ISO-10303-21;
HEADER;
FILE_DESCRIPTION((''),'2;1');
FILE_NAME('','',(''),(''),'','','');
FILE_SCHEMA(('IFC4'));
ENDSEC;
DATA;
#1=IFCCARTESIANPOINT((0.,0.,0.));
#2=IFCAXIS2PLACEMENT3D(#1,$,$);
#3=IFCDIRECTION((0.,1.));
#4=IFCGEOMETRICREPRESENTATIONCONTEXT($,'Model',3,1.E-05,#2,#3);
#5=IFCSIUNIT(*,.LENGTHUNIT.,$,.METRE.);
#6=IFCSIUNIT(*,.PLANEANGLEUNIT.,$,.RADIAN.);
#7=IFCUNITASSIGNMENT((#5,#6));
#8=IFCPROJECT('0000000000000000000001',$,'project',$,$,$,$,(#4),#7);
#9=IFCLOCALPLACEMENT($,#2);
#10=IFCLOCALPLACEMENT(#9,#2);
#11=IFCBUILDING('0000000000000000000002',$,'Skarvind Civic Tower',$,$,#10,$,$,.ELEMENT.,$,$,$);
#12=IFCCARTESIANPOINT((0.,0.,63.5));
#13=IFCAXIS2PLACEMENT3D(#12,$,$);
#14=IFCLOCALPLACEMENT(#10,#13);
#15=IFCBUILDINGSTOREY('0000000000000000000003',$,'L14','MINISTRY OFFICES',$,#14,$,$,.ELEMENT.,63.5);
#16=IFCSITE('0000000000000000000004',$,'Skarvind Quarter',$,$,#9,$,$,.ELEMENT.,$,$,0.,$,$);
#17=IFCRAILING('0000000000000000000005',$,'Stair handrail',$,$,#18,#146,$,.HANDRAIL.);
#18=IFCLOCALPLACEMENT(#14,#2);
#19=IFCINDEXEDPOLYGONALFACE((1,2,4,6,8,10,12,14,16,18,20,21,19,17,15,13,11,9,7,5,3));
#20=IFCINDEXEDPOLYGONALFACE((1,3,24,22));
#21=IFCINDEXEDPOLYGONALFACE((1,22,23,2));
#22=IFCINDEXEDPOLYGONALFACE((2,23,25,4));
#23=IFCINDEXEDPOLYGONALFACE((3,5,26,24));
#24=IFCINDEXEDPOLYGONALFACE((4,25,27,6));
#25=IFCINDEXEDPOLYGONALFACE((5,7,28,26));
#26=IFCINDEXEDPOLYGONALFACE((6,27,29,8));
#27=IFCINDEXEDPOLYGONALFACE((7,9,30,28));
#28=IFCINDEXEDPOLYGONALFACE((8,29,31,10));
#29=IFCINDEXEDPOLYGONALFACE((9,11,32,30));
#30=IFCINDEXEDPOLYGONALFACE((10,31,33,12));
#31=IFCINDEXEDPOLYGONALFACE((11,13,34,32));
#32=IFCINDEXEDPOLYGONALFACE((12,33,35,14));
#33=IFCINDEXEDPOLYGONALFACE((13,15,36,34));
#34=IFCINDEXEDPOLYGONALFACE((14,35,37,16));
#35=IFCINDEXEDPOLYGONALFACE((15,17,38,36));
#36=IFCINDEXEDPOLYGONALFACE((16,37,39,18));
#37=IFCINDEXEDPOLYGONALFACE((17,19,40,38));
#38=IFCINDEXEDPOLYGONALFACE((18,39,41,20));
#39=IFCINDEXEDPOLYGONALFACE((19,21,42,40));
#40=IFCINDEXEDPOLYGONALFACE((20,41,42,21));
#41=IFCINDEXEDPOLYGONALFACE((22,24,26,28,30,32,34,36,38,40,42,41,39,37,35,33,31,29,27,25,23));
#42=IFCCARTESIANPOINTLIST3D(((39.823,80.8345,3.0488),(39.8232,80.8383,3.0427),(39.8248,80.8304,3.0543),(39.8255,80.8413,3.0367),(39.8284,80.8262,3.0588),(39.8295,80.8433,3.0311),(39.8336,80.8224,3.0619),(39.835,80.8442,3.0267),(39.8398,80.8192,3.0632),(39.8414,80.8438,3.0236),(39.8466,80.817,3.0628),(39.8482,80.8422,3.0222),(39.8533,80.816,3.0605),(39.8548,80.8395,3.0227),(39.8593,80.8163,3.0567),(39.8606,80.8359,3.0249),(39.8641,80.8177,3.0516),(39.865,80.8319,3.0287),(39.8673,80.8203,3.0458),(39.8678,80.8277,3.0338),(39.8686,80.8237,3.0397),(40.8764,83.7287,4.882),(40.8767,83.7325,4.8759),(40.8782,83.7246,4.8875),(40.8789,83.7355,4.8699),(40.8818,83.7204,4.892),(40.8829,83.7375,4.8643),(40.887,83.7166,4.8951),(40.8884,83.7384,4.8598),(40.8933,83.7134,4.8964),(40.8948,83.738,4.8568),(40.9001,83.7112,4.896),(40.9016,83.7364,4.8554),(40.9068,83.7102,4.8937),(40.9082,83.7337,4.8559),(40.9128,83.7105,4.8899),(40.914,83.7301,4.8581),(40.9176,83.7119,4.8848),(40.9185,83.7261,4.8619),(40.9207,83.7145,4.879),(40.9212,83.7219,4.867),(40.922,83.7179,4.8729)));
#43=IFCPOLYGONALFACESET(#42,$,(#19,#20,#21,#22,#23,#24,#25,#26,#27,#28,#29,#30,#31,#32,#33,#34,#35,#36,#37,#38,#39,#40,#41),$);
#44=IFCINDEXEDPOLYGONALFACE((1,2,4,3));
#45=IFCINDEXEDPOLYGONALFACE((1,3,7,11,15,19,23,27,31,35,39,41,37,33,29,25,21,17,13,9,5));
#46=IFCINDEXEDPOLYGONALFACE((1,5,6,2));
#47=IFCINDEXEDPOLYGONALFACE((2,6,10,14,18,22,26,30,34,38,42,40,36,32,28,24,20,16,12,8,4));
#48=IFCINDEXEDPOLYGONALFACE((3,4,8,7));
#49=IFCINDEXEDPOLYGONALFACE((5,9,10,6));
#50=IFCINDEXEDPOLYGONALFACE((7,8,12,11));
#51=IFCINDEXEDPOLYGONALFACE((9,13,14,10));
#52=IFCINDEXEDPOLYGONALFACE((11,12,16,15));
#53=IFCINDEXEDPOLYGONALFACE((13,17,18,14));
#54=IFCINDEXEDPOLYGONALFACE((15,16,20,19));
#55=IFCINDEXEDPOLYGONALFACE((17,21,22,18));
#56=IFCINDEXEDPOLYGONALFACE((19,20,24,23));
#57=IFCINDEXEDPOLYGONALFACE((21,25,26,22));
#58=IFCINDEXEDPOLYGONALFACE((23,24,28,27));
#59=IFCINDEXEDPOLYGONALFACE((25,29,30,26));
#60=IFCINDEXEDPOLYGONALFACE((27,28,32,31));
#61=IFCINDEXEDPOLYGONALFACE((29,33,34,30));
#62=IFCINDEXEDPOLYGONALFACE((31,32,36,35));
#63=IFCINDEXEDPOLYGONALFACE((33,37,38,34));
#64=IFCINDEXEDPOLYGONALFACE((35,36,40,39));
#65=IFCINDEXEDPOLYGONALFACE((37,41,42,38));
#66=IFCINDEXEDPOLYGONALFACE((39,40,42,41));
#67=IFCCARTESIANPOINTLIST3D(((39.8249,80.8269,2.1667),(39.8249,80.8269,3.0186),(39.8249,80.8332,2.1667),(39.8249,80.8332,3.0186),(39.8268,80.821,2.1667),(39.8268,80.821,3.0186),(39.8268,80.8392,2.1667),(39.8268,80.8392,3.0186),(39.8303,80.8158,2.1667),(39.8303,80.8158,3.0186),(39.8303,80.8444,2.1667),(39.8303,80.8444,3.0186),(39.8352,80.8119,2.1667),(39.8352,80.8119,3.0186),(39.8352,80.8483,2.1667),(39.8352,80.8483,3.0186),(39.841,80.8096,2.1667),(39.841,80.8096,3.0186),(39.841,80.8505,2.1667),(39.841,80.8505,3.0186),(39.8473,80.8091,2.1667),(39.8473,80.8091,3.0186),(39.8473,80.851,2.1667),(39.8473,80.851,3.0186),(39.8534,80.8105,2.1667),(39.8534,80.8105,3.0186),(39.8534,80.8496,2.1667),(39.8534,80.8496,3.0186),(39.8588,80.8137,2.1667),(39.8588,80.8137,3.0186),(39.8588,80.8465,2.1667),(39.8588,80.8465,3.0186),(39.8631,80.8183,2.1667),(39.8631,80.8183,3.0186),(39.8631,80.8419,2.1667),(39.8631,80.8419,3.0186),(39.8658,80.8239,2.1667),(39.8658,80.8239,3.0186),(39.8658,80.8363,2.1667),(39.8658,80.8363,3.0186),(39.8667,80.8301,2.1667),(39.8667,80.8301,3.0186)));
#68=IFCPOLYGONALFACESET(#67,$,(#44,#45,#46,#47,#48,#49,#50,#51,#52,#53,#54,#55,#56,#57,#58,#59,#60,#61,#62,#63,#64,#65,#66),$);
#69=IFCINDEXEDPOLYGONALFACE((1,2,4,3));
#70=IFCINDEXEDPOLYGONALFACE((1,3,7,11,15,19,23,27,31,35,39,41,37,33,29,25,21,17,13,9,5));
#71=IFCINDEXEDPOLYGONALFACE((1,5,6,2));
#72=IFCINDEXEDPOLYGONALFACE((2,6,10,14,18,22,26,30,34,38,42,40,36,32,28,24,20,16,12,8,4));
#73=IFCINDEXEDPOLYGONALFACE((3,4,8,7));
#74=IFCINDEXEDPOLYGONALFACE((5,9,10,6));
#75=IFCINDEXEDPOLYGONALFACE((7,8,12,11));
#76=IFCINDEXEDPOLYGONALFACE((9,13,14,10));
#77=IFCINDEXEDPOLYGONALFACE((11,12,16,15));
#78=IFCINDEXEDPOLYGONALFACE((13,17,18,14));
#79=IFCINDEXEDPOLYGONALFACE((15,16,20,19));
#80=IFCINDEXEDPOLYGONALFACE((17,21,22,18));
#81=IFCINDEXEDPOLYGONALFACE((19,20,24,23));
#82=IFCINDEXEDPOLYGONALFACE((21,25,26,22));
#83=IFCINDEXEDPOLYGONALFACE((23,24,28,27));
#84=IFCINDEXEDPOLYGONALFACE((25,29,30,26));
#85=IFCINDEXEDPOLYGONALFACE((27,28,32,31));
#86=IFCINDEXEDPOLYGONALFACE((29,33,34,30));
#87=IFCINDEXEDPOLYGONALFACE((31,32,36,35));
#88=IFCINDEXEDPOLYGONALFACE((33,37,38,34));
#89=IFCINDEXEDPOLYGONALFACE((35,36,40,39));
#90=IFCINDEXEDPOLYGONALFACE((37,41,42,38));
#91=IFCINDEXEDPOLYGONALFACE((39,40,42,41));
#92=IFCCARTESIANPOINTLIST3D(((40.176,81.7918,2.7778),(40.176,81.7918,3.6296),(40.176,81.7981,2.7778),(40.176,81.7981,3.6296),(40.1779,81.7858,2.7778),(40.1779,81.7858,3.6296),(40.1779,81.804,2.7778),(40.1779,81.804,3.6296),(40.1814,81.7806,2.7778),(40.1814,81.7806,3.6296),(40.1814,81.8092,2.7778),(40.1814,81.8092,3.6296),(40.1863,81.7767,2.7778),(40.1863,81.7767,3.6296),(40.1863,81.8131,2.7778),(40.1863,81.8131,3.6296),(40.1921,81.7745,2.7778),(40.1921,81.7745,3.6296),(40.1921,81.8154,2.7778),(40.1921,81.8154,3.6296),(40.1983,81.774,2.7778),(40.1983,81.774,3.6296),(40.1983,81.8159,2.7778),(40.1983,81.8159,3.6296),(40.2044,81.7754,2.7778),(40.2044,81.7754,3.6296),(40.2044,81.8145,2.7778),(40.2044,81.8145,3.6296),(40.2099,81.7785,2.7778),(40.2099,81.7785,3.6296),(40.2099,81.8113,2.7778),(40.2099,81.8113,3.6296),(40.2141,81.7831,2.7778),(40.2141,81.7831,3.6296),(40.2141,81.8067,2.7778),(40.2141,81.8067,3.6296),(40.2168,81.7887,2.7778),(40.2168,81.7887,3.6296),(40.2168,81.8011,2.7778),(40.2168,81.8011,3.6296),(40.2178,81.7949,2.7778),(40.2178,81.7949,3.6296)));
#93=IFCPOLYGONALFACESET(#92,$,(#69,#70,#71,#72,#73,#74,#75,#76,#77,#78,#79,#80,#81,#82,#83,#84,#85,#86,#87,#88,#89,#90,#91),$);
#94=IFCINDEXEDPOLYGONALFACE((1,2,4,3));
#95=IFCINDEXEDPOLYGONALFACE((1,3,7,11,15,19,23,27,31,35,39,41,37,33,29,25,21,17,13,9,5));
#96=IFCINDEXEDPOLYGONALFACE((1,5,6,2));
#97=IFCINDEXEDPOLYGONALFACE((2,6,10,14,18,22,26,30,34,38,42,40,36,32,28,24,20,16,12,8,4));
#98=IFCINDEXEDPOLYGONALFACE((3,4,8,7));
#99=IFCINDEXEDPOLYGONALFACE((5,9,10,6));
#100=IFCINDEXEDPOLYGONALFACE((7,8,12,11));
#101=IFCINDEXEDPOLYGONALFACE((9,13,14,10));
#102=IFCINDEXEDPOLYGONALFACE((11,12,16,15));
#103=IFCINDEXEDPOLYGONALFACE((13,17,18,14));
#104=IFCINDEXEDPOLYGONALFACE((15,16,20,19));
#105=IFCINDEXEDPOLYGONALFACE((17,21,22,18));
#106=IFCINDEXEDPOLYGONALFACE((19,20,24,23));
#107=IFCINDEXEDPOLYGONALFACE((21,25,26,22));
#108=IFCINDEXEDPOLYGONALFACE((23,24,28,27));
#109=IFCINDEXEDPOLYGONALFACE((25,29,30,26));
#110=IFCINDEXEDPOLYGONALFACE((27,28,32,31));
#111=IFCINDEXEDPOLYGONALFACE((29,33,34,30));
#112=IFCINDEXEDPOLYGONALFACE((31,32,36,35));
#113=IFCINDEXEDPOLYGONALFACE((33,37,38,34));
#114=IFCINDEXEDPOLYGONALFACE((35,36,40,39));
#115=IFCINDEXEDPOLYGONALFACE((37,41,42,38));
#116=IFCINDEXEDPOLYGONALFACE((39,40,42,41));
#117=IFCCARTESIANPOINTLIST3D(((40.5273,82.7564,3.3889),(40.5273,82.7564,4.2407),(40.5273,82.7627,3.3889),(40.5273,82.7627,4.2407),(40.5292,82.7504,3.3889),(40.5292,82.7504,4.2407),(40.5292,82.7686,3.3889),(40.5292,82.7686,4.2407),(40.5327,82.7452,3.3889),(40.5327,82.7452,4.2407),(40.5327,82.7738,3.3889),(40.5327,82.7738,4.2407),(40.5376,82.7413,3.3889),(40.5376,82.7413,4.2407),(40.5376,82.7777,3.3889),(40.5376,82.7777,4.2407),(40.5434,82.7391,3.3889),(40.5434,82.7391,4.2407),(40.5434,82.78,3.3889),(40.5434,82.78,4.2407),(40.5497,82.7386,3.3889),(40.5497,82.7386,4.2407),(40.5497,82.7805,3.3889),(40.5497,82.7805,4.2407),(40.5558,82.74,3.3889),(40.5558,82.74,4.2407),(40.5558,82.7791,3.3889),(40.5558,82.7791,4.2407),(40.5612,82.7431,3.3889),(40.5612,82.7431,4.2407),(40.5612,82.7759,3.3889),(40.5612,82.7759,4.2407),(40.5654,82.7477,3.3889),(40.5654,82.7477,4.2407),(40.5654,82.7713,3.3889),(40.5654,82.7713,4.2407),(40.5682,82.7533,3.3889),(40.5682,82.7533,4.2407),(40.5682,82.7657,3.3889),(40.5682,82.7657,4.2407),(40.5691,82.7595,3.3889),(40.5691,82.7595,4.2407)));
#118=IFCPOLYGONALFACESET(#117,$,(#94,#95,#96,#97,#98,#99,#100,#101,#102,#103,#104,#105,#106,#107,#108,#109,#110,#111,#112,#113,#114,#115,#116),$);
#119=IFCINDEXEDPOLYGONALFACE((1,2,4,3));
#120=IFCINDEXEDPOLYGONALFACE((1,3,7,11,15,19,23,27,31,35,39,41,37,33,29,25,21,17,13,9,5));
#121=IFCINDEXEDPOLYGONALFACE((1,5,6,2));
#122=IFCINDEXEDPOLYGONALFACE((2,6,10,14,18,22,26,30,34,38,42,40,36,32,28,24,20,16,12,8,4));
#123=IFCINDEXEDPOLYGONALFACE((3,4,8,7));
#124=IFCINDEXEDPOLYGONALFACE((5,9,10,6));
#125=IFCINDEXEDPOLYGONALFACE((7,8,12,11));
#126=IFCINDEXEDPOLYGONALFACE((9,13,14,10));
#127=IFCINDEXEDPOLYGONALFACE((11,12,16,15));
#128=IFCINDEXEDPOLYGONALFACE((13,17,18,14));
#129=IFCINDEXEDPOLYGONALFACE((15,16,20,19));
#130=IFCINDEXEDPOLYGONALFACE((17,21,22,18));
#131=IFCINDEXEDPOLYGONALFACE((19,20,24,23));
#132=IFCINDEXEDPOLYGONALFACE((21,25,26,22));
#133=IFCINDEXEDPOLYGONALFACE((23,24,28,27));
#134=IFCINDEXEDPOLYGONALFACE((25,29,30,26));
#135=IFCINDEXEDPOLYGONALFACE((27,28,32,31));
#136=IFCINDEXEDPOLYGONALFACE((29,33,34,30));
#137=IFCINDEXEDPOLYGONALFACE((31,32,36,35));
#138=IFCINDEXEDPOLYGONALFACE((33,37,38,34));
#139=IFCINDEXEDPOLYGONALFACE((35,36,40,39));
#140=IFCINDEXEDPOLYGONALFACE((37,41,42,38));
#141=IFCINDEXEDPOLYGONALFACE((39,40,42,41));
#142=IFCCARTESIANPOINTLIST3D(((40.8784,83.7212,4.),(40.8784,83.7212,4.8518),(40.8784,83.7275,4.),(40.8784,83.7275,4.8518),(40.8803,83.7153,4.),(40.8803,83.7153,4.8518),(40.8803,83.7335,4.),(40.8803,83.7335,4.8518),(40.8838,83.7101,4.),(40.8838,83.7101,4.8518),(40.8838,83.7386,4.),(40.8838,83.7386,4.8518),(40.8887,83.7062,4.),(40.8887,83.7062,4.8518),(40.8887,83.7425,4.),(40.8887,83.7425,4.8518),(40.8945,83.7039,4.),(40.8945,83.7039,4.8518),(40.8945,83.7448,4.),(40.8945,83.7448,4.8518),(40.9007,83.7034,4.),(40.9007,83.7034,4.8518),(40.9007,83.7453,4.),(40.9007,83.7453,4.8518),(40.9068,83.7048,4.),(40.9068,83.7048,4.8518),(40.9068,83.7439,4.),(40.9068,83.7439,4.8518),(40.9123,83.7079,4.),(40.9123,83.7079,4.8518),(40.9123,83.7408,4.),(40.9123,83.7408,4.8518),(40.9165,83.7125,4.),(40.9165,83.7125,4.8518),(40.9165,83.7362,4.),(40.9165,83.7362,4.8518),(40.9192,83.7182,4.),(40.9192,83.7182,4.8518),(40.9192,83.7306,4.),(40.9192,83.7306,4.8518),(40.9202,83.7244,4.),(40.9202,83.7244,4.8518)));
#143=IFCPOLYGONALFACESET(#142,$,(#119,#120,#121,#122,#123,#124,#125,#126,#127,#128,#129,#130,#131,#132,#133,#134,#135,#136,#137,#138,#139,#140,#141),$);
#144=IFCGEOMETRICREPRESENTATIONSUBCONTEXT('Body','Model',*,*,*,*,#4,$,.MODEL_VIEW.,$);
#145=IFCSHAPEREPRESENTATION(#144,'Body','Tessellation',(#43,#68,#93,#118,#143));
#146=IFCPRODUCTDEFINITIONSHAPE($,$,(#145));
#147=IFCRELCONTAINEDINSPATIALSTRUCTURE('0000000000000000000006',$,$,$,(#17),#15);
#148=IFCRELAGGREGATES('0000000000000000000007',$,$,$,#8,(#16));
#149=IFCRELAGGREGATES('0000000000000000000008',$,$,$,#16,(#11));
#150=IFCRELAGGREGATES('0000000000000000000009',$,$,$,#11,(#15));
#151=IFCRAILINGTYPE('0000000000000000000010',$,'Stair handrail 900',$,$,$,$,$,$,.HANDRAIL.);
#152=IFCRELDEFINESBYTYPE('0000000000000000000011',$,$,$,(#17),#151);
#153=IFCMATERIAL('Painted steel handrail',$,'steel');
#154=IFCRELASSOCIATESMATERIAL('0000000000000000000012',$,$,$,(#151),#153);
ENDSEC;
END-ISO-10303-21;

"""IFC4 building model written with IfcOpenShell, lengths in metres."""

from ifc_helpers import new_model, si_unit, direction, frame, origin, origin_2d, place, context, subcontext, project, spatial, circle, extrude, material, type_object, element, save


model = new_model("IFC4")

# Units and contexts
model_context = context("Model", 3, precision=1e-05, world=origin(), true_north=direction((0.0, 1.0)))
body_context = subcontext(model_context, "Body", "Model", "MODEL_VIEW")
ifc_project = project(units=[si_unit("LENGTHUNIT", "METRE"), si_unit("PLANEANGLEUNIT", "RADIAN")], contexts=[model_context])

# Site, building, storey
site_placement = place(None, origin())
site = spatial("IfcSite", under=ifc_project, at=site_placement, Name="Skarvind Quarter", CompositionType="ELEMENT", RefElevation=0.0)
building_placement = place(site_placement, origin())
building = spatial("IfcBuilding", under=site, at=building_placement, Name="Skarvind Civic Tower", CompositionType="ELEMENT")
storey_placement = place(building_placement, frame((0.0, 0.0, 63.5)))
storey = spatial("IfcBuildingStorey", under=building, at=storey_placement, Name="L14", Description="MINISTRY OFFICES", CompositionType="ELEMENT", Elevation=63.5)

# Railing
ifc_material_1 = material(Name="Painted steel handrail", Category="steel")
railing_type = type_object("IfcRailingType", Name="Stair handrail 900", PredefinedType="HANDRAIL", material=ifc_material_1)
railing_1_placement = place(storey_placement, frame((39.8457, 80.8301, 2.1667)))
element("IfcRailing", 1, at=railing_1_placement, inside=storey, type_object=railing_type, Name="Stair handrail", PredefinedType="HANDRAIL", context=body_context, shape_type="SweptSolid", body=[
    extrude(circle(Radius=0.0239, at=origin_2d()), frame((0.0, 0.0, 0.876), z_axis=(0.293908, 0.807481, 0.511461), x_axis=(-0.939689, 0.342029, 0.0)), (0.0, 0.0, 1.0), 3.5842),
    extrude(circle(Radius=0.021, at=origin_2d()), origin(), (0.0, 0.0, 1.0), 0.8518),
    extrude(circle(Radius=0.021, at=origin_2d()), frame((0.3511, 0.9648, 0.6111)), (0.0, 0.0, 1.0), 0.8518),
    extrude(circle(Radius=0.021, at=origin_2d()), frame((0.7024, 1.9294, 1.2222)), (0.0, 0.0, 1.0), 0.8518),
    extrude(circle(Radius=0.021, at=origin_2d()), frame((1.0535, 2.8943, 1.8333)), (0.0, 0.0, 1.0), 0.8518),
])

save(model, "model.ifc")
